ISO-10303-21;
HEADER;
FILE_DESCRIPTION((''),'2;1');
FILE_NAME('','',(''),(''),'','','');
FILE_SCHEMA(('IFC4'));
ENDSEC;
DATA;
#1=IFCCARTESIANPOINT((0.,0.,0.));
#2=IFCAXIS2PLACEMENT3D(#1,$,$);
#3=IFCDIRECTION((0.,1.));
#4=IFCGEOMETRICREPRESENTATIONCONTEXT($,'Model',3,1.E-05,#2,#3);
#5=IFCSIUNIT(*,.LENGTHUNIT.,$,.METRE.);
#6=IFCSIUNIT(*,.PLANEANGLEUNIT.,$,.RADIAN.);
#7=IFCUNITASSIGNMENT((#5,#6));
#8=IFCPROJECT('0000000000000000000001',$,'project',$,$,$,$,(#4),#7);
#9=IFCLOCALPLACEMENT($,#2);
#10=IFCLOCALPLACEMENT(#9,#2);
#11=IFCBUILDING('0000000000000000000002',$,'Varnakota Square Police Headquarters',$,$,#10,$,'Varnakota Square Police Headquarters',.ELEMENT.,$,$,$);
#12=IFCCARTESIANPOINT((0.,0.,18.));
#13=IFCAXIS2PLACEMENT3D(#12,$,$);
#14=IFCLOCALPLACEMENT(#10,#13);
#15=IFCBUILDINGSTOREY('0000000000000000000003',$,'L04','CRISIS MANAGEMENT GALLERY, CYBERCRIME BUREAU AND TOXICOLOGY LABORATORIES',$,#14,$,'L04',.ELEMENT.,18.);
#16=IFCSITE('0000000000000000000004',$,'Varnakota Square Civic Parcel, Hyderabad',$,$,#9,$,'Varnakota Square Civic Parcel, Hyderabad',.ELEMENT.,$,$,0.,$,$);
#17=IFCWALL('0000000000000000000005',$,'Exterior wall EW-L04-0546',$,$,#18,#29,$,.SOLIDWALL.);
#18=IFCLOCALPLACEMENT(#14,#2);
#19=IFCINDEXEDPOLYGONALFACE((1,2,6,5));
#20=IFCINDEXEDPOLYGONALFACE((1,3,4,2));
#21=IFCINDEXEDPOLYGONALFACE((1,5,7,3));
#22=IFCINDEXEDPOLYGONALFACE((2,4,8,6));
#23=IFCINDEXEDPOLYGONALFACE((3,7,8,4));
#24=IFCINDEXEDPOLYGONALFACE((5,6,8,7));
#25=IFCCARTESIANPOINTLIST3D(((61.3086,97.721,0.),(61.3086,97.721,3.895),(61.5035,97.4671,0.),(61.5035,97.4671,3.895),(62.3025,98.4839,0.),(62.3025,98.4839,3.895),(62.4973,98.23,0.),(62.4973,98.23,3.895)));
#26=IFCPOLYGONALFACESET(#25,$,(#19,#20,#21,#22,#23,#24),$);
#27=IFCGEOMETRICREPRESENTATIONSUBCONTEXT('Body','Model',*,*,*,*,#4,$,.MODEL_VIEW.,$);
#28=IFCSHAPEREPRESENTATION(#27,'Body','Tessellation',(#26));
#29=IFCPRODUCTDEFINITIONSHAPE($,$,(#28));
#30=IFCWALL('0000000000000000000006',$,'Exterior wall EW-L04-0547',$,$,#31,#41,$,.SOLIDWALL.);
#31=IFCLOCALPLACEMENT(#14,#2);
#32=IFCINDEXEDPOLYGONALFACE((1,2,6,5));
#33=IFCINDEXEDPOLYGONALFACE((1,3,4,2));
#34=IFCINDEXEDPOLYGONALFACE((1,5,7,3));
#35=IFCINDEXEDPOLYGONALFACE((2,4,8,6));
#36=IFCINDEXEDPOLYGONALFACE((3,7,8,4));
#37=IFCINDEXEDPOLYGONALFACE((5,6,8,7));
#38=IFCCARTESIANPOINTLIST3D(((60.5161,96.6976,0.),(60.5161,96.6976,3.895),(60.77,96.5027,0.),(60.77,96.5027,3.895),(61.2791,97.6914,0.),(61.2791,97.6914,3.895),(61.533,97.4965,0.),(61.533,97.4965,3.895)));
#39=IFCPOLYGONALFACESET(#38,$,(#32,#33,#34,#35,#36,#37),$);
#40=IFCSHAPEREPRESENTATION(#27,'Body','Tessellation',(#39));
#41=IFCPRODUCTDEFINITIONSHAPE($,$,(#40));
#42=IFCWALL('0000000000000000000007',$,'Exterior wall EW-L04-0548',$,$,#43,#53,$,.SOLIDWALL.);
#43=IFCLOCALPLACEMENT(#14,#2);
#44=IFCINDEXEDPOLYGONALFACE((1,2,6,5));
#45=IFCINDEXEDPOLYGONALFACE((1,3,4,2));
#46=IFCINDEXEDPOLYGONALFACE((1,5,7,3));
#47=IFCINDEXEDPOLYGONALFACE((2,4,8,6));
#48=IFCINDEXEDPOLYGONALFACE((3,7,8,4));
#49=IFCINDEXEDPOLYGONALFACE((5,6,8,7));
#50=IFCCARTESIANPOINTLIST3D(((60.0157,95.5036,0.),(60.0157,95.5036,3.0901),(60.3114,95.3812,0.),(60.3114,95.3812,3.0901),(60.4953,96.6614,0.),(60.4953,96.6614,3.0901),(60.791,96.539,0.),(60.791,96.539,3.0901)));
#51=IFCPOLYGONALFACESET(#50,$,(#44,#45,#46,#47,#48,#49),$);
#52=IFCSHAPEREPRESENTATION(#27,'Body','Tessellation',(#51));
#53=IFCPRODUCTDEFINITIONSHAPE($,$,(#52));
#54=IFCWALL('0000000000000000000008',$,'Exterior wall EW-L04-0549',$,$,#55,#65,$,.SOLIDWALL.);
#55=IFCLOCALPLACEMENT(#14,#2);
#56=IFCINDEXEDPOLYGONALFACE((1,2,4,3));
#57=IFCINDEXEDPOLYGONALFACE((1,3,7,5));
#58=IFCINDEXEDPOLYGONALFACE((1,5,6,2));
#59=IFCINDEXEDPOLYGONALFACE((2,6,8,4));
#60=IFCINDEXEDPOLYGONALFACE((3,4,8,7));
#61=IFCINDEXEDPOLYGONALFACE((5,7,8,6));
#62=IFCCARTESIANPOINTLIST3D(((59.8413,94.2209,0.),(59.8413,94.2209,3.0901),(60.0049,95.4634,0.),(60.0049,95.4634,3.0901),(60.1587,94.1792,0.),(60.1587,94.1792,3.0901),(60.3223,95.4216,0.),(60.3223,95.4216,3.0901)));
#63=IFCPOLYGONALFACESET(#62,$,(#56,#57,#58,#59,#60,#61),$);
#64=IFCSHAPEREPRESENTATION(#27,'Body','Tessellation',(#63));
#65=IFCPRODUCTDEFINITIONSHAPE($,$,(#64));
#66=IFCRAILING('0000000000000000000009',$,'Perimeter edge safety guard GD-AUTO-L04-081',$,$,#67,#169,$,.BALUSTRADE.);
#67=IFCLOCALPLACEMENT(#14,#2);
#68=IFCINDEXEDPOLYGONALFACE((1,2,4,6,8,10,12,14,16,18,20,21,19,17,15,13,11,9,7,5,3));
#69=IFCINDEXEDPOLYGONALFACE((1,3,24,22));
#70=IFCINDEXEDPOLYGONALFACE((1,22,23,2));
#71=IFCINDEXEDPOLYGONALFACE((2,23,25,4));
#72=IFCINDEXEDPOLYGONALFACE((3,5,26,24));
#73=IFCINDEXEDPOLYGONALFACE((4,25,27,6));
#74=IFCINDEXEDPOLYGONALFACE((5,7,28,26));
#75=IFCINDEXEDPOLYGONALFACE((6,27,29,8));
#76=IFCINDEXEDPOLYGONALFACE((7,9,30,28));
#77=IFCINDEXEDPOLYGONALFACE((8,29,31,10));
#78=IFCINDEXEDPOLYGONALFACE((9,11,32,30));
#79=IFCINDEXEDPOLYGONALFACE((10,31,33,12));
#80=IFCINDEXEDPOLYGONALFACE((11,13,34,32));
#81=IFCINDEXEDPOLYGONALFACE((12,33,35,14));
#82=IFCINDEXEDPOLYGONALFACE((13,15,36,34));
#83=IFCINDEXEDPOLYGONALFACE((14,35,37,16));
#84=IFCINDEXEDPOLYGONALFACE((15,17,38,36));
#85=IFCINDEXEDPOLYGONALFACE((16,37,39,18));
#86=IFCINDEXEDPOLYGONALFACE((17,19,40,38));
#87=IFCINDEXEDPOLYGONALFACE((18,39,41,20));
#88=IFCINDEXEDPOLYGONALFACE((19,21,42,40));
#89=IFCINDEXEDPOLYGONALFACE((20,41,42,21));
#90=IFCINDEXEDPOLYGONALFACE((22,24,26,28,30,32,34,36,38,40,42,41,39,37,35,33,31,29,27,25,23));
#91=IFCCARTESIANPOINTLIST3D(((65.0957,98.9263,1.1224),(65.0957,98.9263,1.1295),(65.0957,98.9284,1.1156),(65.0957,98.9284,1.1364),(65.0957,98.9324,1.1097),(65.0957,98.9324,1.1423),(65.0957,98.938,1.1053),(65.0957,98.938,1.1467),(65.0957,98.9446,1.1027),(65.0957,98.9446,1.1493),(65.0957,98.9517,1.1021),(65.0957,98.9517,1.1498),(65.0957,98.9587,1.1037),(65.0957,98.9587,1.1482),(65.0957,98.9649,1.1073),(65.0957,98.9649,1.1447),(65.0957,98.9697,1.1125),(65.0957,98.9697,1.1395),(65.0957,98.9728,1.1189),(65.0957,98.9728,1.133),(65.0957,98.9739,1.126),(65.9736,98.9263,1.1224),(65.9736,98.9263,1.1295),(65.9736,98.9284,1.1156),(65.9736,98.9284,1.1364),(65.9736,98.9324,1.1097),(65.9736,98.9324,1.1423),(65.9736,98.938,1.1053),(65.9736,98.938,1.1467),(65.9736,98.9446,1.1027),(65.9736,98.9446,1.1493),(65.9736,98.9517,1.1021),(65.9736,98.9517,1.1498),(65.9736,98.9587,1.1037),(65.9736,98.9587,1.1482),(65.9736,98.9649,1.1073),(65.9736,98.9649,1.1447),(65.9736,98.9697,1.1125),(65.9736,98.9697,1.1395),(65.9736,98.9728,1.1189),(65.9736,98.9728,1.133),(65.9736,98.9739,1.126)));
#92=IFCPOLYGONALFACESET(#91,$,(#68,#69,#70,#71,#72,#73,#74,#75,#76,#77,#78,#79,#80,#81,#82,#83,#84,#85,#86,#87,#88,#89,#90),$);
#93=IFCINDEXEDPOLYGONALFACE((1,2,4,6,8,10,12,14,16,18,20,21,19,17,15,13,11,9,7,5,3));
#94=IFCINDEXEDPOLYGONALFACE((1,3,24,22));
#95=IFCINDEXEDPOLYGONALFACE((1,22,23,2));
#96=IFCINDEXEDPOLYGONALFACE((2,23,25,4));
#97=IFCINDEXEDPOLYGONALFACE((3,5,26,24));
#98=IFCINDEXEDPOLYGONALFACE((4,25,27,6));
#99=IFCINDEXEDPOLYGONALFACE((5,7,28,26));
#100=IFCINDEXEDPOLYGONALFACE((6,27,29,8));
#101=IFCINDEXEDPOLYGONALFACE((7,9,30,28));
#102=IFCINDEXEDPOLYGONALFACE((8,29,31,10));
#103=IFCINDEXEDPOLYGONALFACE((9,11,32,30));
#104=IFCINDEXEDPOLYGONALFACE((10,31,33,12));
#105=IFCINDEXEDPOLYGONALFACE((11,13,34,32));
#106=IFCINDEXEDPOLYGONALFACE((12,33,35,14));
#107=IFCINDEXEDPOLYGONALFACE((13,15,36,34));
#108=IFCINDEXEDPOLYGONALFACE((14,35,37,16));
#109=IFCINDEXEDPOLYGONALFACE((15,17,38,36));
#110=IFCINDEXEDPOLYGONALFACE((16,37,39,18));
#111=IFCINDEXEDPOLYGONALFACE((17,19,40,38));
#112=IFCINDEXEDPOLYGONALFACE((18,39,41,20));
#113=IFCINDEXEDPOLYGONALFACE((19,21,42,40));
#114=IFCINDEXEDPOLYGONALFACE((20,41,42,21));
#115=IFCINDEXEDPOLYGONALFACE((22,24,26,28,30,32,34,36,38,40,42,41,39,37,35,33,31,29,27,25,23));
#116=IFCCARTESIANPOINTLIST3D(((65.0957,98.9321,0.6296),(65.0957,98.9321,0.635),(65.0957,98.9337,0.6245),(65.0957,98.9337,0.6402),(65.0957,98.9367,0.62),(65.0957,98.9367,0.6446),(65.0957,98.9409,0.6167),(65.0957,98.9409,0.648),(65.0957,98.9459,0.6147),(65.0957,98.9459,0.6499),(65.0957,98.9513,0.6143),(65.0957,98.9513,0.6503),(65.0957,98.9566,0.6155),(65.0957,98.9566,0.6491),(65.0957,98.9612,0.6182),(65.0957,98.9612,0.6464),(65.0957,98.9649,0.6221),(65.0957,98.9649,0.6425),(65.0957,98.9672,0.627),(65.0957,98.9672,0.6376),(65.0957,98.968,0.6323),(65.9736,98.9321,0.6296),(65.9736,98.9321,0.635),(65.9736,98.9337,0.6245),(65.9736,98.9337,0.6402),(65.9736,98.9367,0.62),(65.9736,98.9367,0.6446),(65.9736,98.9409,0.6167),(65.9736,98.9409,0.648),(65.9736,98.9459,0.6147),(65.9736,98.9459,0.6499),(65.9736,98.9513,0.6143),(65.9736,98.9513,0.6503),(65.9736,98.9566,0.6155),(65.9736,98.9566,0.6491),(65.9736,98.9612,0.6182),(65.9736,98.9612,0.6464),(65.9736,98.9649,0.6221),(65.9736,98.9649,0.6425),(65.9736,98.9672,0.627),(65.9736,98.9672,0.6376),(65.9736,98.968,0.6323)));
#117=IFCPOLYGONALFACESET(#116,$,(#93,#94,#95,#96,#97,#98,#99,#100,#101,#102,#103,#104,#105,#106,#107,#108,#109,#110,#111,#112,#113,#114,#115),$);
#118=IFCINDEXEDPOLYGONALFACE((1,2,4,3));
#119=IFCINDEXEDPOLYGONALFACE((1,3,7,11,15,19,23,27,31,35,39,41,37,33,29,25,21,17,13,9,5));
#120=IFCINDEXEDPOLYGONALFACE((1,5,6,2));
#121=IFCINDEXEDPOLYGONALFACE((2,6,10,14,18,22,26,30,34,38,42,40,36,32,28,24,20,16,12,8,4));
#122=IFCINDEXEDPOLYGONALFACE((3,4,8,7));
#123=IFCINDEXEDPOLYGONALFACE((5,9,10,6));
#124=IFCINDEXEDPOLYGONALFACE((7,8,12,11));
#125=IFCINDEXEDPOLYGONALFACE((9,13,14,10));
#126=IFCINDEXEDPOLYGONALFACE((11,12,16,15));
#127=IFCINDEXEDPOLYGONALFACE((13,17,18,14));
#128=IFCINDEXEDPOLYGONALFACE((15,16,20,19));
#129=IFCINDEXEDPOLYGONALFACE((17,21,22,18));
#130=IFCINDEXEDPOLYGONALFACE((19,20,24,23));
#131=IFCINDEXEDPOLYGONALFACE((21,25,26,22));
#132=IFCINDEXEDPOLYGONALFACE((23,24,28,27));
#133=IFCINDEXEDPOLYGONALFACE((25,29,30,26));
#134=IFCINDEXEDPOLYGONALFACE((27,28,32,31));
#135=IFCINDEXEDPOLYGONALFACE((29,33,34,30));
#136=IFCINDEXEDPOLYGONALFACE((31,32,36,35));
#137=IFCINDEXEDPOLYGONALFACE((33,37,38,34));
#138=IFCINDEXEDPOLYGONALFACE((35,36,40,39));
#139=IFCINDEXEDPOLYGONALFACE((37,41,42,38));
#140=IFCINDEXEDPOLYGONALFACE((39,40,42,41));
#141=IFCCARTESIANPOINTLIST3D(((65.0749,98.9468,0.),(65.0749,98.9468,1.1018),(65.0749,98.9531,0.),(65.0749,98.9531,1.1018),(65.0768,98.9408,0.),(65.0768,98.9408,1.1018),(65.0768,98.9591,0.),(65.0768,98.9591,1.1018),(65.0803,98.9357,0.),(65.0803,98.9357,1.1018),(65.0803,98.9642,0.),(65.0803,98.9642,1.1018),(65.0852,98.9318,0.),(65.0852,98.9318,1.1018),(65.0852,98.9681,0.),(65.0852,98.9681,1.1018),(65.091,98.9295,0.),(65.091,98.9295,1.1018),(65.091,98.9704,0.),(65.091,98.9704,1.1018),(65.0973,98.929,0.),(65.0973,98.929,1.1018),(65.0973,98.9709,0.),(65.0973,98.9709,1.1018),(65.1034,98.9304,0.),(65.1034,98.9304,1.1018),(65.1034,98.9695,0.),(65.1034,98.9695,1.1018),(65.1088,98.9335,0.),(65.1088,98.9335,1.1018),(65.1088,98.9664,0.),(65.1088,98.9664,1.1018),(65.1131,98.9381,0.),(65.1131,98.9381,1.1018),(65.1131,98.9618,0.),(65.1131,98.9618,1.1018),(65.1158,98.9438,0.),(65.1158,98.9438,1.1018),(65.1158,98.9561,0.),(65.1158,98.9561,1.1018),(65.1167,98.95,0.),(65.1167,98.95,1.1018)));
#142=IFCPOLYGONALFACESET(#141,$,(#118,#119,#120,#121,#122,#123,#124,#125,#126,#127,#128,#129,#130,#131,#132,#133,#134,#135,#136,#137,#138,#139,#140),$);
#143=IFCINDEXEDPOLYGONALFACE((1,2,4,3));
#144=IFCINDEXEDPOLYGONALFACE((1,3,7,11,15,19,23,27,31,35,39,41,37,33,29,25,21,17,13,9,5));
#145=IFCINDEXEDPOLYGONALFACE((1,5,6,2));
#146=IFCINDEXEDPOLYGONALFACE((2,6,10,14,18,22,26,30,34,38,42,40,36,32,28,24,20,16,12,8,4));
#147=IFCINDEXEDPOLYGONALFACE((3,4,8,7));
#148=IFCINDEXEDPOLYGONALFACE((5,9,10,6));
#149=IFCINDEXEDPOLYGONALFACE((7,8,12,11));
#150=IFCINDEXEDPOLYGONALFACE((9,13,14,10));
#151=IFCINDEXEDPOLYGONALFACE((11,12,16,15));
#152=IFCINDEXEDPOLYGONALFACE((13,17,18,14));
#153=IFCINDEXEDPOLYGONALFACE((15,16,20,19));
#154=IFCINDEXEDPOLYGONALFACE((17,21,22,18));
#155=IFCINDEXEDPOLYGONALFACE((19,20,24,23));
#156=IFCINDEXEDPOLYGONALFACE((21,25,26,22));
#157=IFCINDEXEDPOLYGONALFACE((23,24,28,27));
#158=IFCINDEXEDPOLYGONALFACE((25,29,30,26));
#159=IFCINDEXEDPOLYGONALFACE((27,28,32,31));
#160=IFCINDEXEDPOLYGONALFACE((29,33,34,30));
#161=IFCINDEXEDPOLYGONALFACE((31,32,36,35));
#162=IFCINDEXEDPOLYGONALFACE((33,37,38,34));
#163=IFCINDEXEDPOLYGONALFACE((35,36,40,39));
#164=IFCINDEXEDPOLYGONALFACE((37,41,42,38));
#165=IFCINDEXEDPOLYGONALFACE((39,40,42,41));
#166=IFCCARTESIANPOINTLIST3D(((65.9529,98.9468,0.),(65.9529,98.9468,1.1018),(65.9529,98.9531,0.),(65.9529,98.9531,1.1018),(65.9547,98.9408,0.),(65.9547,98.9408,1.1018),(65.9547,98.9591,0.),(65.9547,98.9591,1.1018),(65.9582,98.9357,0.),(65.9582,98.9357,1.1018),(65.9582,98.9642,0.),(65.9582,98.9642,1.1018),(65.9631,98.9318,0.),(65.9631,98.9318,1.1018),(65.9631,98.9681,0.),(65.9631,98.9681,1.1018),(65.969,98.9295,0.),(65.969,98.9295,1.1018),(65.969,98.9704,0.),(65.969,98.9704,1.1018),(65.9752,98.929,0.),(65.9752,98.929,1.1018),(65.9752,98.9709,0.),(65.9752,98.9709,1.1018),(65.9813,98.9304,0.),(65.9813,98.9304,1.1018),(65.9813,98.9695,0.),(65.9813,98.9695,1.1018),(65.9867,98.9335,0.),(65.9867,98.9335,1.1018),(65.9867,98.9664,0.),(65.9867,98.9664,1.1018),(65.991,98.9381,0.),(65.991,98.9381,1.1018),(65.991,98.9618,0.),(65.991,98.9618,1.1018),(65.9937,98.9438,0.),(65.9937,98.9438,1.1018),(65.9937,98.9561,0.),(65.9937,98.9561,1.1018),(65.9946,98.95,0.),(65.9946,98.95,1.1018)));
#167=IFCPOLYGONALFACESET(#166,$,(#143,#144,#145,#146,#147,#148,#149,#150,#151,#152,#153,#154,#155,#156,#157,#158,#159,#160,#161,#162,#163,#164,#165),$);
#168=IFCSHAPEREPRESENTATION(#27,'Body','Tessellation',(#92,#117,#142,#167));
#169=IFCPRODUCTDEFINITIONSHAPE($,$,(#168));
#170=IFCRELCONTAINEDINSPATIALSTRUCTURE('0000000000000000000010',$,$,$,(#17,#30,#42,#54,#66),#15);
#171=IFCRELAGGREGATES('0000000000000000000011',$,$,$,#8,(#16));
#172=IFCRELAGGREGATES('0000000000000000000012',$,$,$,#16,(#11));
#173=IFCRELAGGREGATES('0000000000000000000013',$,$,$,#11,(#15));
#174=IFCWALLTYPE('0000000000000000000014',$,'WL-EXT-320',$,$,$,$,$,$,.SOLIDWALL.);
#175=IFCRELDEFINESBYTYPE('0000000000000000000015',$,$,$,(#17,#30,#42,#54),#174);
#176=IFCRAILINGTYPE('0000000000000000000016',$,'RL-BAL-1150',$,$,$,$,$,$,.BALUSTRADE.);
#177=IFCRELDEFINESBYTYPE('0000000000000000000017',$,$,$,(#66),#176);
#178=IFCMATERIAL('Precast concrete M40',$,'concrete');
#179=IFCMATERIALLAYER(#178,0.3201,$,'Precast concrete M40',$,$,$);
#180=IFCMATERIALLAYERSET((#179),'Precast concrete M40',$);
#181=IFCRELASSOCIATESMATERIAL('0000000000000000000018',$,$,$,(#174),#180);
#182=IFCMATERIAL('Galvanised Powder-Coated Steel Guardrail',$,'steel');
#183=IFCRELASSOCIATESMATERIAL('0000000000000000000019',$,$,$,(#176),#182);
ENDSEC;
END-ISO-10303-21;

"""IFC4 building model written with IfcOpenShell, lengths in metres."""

from ifc_helpers import new_model, si_unit, direction, frame, frame_2d, origin, origin_2d, place, context, subcontext, project, spatial, rectangle, circle, extrude, material, layer, layer_set, type_object, element, save


model = new_model("IFC4")

# Units and contexts
model_context = context("Model", 3, precision=1e-05, world=origin(), true_north=direction((0.0, 1.0)))
body_context = subcontext(model_context, "Body", "Model", "MODEL_VIEW")
ifc_project = project(units=[si_unit("LENGTHUNIT", "METRE"), si_unit("PLANEANGLEUNIT", "RADIAN")], contexts=[model_context])

# Site, building, storey
site_placement = place(None, origin())
site = spatial("IfcSite", under=ifc_project, at=site_placement, Name="Varnakota Square Civic Parcel, Hyderabad", LongName="Varnakota Square Civic Parcel, Hyderabad", CompositionType="ELEMENT", RefElevation=0.0)
building_placement = place(site_placement, origin())
building = spatial("IfcBuilding", under=site, at=building_placement, Name="Varnakota Square Police Headquarters", LongName="Varnakota Square Police Headquarters", CompositionType="ELEMENT")
storey_placement = place(building_placement, frame((0.0, 0.0, 18.0)))
storey = spatial("IfcBuildingStorey", under=building, at=storey_placement, Name="L04", Description="CRISIS MANAGEMENT GALLERY, CYBERCRIME BUREAU AND TOXICOLOGY LABORATORIES", LongName="L04", CompositionType="ELEMENT", Elevation=18.0)

# Walls
ifc_material_1 = material(Name="Precast concrete M40", Category="concrete")
ifc_layer_1 = layer(ifc_material_1, 0.3201, Name="Precast concrete M40")
ifc_layer_set_1 = layer_set([ifc_layer_1], Name="Precast concrete M40")
wall_type = type_object("IfcWallType", Name="WL-EXT-320", PredefinedType="SOLIDWALL", material=ifc_layer_set_1)
for number, where, z_axis, x_axis, name in (
    (1, (62.3999, 98.3569, 0.0), (0.0, 0.0, 1.0), (-0.793239, -0.60891, 0.0), "Exterior wall EW-L04-0546"),
    (2, (61.406, 97.594, 0.0), (0.0, 0.0, 1.0), (-0.60891, -0.793239, 0.0), "Exterior wall EW-L04-0547"),
):
    element("IfcWall", number, at=place(storey_placement, frame(where, z_axis=z_axis, x_axis=x_axis)), inside=storey, type_object=wall_type, Name=name, PredefinedType="SOLIDWALL", context=body_context, shape_type="SweptSolid", body=[
        extrude(rectangle(XDim=1.2529, YDim=0.3201, at=frame_2d((0.6265, 0.0))), origin(), (0.0, 0.0, 1.0), 3.895),
    ])
for number, where, z_axis, x_axis, name in (
    (3, (60.6431, 96.6001, 0.0), (0.0, 0.0, 1.0), (-0.38265, -0.923893, 0.0), "Exterior wall EW-L04-0548"),
    (4, (60.1636, 95.4424, 0.0), (0.0, 0.0, 1.0), (-0.13053, -0.991444, 0.0), "Exterior wall EW-L04-0549"),
):
    element("IfcWall", number, at=place(storey_placement, frame(where, z_axis=z_axis, x_axis=x_axis)), inside=storey, type_object=wall_type, Name=name, PredefinedType="SOLIDWALL", context=body_context, shape_type="SweptSolid", body=[
        extrude(rectangle(XDim=1.2532, YDim=0.3201, at=frame_2d((0.6265, 0.0))), origin(), (0.0, 0.0, 1.0), 3.0901),
    ])

# Railing
ifc_material_2 = material(Name="Galvanised Powder-Coated Steel Guardrail", Category="steel")
railing_type_1 = type_object("IfcRailingType", Name="RL-BAL-1150", PredefinedType="BALUSTRADE", material=ifc_material_2)
railing_1_placement = place(storey_placement, frame((65.0957, 98.95, 0.0)))
element("IfcRailing", 5, at=railing_1_placement, inside=storey, type_object=railing_type_1, Name="Perimeter edge safety guard GD-AUTO-L04-081", PredefinedType="BALUSTRADE", context=body_context, shape_type="SweptSolid", body=[
    extrude(circle(Radius=0.0239, at=origin_2d()), frame((0.0, 0.0, 1.126), z_axis=(1.0, 0.0, 0.0), x_axis=(0.0, 1.0, 0.0)), (0.0, 0.0, 1.0), 0.8779),
    extrude(circle(Radius=0.0181, at=origin_2d()), frame((0.0, 0.0, 0.6323), z_axis=(1.0, 0.0, 0.0), x_axis=(0.0, 1.0, 0.0)), (0.0, 0.0, 1.0), 0.8779),
    extrude(circle(Radius=0.021, at=origin_2d()), origin(), (0.0, 0.0, 1.0), 1.1018),
    extrude(circle(Radius=0.021, at=origin_2d()), frame((0.8779, 0.0, 0.0)), (0.0, 0.0, 1.0), 1.1018),
])

save(model, "model.ifc")
